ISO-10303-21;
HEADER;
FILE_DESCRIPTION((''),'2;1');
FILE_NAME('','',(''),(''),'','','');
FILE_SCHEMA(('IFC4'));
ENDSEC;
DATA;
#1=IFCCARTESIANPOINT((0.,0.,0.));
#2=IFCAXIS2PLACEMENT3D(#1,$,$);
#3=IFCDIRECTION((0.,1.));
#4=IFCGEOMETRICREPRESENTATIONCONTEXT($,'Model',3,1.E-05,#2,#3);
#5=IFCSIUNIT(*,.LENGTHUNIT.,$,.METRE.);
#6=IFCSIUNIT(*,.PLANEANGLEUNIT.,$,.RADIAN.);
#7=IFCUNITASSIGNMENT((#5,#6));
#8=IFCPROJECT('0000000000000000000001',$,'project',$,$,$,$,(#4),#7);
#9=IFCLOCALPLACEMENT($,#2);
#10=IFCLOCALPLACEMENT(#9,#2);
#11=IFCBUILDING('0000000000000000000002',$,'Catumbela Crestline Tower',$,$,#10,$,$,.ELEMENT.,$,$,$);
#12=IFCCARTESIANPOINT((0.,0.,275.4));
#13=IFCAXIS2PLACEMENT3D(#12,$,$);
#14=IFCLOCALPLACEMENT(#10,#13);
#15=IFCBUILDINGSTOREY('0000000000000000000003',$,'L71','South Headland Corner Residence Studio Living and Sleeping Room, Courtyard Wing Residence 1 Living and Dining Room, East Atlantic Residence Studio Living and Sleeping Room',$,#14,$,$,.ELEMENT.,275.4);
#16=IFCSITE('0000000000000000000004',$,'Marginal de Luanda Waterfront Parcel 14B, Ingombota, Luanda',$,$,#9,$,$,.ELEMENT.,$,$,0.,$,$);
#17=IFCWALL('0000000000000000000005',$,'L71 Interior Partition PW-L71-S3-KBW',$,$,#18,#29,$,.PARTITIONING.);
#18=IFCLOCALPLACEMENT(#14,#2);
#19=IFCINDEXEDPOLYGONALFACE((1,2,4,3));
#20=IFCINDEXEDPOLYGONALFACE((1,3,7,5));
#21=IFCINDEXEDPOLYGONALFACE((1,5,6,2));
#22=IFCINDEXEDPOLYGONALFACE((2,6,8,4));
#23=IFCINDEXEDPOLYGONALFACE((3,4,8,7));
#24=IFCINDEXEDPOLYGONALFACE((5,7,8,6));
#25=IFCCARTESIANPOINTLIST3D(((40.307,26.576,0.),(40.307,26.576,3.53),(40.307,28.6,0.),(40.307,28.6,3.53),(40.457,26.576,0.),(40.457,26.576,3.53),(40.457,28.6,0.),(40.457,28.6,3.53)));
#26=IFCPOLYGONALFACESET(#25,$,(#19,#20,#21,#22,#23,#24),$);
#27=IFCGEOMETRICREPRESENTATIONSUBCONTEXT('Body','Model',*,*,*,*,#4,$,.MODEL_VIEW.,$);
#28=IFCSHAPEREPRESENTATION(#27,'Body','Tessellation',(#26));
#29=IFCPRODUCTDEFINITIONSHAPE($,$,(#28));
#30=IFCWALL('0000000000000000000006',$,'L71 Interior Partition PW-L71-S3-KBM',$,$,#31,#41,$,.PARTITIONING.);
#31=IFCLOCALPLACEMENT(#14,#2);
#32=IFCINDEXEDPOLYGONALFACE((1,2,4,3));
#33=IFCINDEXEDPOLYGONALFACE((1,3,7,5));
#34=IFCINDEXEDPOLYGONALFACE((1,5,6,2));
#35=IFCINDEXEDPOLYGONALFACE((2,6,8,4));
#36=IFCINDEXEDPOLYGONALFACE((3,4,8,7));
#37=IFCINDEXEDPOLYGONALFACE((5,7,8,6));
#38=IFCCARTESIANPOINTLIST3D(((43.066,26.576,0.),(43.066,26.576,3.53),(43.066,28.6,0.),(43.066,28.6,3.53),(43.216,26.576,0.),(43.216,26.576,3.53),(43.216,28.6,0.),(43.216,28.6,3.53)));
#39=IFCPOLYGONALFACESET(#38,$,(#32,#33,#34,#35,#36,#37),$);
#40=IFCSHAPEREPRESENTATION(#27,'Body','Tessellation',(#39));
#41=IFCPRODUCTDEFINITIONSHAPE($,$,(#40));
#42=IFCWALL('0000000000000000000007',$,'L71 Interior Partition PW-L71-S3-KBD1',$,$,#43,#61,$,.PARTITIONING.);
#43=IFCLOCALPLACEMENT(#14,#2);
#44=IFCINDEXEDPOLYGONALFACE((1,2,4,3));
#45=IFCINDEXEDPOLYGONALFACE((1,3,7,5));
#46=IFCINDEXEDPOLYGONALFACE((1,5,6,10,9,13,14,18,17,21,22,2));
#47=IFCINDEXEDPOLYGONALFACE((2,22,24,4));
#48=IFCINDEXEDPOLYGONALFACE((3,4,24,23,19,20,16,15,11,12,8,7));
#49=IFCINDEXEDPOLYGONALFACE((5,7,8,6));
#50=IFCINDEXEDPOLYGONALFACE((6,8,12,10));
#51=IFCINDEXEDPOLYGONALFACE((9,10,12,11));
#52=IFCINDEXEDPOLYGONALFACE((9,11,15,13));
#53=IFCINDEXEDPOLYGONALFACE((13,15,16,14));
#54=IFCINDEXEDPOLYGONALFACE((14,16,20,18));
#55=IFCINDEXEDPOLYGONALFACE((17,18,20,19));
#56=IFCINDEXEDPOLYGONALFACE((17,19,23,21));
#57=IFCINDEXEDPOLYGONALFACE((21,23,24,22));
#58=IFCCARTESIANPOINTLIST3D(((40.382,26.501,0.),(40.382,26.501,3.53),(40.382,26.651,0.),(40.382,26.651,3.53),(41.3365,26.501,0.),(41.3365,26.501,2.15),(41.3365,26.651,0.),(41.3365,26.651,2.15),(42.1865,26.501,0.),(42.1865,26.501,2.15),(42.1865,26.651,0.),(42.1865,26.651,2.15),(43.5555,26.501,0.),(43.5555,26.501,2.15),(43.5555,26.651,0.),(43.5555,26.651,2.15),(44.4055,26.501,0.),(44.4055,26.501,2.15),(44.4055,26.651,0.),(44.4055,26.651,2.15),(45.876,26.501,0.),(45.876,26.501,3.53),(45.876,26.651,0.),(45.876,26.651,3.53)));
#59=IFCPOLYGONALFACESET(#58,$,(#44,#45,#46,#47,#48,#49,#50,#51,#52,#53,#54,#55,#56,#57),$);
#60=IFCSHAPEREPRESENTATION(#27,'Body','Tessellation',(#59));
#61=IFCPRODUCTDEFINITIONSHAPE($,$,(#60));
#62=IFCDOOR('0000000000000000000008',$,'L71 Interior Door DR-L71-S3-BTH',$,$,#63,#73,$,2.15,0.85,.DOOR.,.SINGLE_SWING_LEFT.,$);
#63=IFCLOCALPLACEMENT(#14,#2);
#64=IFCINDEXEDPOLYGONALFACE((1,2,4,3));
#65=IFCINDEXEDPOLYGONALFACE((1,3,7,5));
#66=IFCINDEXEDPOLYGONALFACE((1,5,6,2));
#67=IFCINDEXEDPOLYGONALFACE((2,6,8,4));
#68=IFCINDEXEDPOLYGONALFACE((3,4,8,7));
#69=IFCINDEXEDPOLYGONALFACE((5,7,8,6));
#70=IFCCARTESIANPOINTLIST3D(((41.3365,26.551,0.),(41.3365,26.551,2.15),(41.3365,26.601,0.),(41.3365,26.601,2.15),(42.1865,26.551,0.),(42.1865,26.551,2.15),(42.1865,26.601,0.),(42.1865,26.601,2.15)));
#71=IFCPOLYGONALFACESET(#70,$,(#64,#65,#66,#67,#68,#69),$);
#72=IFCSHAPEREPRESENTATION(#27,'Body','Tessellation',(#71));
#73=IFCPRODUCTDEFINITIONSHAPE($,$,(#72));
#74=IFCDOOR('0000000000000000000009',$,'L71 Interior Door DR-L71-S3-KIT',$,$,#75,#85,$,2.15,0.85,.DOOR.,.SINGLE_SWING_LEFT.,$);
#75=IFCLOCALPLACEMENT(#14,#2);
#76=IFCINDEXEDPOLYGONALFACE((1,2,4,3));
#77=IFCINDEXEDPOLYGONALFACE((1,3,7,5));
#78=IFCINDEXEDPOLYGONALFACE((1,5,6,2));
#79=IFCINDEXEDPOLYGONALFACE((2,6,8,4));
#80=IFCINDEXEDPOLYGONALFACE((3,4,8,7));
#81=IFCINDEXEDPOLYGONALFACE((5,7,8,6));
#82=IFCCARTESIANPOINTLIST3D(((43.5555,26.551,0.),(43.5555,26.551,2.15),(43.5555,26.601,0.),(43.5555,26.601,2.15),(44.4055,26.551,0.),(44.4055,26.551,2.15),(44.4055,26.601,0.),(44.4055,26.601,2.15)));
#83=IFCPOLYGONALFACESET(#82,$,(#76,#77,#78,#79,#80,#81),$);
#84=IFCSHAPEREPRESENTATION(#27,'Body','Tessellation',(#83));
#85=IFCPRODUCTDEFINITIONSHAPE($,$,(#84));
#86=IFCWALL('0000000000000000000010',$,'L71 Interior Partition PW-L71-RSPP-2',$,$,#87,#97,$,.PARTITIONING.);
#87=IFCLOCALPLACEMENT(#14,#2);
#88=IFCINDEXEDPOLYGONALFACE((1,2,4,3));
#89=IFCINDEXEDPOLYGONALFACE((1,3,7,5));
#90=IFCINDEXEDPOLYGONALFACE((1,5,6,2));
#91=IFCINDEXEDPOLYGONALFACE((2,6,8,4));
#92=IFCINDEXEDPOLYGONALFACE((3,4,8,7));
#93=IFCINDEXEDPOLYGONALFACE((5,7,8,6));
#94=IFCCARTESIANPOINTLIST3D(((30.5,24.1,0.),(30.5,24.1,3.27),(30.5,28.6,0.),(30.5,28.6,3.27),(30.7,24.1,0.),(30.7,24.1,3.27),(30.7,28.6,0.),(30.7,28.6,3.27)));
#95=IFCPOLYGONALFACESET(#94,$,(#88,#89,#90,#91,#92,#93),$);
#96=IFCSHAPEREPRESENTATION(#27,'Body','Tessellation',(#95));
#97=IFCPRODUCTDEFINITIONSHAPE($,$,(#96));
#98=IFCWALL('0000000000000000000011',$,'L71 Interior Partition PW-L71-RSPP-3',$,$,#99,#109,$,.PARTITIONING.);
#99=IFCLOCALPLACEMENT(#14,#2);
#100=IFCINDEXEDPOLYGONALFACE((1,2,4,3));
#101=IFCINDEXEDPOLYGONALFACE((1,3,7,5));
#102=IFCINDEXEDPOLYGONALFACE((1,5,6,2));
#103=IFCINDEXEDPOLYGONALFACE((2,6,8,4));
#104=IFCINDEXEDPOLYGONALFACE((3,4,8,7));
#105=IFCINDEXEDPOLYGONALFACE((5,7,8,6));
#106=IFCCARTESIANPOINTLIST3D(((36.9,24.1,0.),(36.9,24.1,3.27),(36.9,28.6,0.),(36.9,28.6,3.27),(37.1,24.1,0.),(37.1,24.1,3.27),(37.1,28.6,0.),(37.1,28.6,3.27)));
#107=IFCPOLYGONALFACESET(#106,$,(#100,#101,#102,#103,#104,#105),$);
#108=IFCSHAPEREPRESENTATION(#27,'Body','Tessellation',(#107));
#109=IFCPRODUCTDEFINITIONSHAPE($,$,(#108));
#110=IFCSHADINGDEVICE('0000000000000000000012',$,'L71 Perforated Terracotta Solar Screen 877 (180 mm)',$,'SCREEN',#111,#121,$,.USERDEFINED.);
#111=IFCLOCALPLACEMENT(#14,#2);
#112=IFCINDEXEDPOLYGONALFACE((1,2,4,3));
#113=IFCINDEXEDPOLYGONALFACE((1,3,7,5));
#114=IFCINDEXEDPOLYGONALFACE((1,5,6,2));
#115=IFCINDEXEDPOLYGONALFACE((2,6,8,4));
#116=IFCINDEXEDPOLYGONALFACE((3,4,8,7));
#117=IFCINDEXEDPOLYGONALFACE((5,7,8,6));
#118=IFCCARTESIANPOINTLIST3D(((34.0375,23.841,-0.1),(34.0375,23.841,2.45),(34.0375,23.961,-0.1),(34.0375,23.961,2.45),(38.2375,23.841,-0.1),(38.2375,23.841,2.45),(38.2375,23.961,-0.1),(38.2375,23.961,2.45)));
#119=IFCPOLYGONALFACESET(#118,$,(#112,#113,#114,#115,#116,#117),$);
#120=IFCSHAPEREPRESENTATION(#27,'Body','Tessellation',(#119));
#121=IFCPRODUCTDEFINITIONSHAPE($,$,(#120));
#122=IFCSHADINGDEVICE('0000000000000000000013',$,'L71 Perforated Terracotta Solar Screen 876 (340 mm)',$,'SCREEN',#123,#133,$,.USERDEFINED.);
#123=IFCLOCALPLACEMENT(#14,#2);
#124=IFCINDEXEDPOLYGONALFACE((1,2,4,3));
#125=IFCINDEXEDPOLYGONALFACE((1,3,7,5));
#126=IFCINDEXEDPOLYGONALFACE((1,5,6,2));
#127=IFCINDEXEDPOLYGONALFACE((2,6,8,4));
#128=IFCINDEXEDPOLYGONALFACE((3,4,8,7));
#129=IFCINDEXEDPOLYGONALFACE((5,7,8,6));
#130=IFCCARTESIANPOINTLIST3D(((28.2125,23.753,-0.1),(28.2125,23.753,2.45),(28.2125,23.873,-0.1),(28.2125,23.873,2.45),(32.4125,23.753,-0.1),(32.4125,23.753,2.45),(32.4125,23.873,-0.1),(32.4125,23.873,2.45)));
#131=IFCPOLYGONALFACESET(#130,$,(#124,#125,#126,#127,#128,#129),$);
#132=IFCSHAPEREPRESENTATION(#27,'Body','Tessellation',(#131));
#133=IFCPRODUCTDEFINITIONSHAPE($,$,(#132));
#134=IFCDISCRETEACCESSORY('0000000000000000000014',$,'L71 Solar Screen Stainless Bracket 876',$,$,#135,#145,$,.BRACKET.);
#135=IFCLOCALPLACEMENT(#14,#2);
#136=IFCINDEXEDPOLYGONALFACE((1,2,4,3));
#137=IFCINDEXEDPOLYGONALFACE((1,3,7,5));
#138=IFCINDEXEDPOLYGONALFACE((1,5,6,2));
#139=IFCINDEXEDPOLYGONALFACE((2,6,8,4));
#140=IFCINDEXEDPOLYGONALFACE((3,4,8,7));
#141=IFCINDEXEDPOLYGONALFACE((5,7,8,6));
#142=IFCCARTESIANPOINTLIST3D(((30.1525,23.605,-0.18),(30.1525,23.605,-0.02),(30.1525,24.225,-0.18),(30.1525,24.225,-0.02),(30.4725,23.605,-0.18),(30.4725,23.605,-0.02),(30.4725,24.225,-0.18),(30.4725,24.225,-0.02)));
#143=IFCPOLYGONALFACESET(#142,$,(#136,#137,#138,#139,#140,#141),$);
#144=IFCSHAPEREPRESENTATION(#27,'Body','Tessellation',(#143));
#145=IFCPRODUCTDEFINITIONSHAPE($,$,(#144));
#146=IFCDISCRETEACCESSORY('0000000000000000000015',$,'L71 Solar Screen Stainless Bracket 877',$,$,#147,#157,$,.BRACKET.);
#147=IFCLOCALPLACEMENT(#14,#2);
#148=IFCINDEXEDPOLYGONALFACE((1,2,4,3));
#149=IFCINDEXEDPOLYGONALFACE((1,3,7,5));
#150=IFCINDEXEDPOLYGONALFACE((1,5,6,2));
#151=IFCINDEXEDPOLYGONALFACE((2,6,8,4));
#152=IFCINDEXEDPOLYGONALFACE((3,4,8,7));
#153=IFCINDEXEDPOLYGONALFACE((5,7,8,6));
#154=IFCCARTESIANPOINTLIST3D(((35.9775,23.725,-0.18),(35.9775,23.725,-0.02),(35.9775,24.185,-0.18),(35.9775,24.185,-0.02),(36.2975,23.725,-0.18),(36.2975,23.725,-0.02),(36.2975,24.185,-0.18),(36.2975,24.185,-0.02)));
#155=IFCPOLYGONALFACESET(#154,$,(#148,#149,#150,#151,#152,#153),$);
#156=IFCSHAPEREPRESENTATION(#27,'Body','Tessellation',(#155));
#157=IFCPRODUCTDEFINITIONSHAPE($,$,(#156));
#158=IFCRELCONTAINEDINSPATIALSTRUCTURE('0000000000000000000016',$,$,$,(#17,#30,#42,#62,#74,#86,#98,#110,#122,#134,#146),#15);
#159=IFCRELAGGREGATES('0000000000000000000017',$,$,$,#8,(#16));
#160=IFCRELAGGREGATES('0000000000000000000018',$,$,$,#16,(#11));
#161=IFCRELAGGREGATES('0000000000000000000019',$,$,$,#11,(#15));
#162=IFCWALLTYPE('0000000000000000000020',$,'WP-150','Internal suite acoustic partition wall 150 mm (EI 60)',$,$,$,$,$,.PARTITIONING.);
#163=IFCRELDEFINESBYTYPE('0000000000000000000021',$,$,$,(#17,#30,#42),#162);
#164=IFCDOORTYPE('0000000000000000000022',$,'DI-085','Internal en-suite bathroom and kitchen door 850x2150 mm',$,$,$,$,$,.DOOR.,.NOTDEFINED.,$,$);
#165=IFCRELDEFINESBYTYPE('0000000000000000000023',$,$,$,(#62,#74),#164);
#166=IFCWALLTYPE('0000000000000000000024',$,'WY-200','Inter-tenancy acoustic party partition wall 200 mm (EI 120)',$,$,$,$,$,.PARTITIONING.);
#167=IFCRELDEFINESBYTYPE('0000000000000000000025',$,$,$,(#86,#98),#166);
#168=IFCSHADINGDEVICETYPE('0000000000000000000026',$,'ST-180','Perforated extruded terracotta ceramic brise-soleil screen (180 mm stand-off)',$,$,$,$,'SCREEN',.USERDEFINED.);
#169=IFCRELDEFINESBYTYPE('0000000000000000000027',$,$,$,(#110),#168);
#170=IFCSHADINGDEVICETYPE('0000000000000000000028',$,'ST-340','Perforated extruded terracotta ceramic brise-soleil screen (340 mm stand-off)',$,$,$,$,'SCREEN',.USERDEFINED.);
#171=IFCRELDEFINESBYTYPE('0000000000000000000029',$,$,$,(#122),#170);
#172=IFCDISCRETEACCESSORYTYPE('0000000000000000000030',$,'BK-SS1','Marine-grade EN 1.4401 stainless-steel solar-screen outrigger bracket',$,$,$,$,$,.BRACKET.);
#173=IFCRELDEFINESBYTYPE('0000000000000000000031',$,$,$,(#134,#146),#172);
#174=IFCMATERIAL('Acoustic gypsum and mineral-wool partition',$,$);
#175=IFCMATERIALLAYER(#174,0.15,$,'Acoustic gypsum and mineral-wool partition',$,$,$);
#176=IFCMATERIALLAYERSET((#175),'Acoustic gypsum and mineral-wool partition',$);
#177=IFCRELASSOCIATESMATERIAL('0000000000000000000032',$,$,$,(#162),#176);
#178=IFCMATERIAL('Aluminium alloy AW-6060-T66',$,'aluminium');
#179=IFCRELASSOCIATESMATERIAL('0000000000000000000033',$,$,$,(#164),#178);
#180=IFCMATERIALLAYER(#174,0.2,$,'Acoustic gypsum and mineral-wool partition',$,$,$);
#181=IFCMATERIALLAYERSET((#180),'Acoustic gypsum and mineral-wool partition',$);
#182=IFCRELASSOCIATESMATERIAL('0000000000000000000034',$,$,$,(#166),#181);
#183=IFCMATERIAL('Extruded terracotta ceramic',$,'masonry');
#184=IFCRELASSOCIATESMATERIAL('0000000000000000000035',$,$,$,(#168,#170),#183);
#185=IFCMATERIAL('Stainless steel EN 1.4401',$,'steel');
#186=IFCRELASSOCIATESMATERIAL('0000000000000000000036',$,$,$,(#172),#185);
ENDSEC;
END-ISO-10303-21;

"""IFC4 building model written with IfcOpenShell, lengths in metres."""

from ifc_helpers import new_model, si_unit, direction, frame, frame_2d, origin, origin_2d, place, context, subcontext, project, spatial, rectangle, extrude, material, layer, layer_set, type_object, element, fill, save


model = new_model("IFC4")

# Units and contexts
model_context = context("Model", 3, precision=1e-05, world=origin(), true_north=direction((0.0, 1.0)))
body_context = subcontext(model_context, "Body", "Model", "MODEL_VIEW")
ifc_project = project(units=[si_unit("LENGTHUNIT", "METRE"), si_unit("PLANEANGLEUNIT", "RADIAN")], contexts=[model_context])

# Site, building, storey
site_placement = place(None, origin())
site = spatial("IfcSite", under=ifc_project, at=site_placement, Name="Marginal de Luanda Waterfront Parcel 14B, Ingombota, Luanda", CompositionType="ELEMENT", RefElevation=0.0)
building_placement = place(site_placement, origin())
building = spatial("IfcBuilding", under=site, at=building_placement, Name="Catumbela Crestline Tower", CompositionType="ELEMENT")
storey_placement = place(building_placement, frame((0.0, 0.0, 275.4)))
storey = spatial("IfcBuildingStorey", under=building, at=storey_placement, Name="L71", Description="South Headland Corner Residence Studio Living and Sleeping Room, Courtyard Wing Residence 1 Living and Dining Room, East Atlantic Residence Studio Living and Sleeping Room", CompositionType="ELEMENT", Elevation=275.4)

# Shared definitions
ifc_material_1 = material(Name="Aluminium alloy AW-6060-T66", Category="aluminium")

# Walls
ifc_material_2 = material(Name="Acoustic gypsum and mineral-wool partition")
ifc_layer_1 = layer(ifc_material_2, 0.15, Name="Acoustic gypsum and mineral-wool partition")
ifc_layer_set_1 = layer_set([ifc_layer_1], Name="Acoustic gypsum and mineral-wool partition")
wall_type_1 = type_object("IfcWallType", Name="WP-150", Description="Internal suite acoustic partition wall 150 mm (EI 60)", PredefinedType="PARTITIONING", material=ifc_layer_set_1)
for number, where, z_axis, x_axis, name in (
    (1, (40.382, 26.576, 0.0), (0.0, 0.0, 1.0), (0.0, 1.0, 0.0), "L71 Interior Partition PW-L71-S3-KBW"),
    (2, (43.141, 26.576, 0.0), (0.0, 0.0, 1.0), (0.0, 1.0, 0.0), "L71 Interior Partition PW-L71-S3-KBM"),
):
    element("IfcWall", number, at=place(storey_placement, frame(where, z_axis=z_axis, x_axis=x_axis)), inside=storey, type_object=wall_type_1, Name=name, PredefinedType="PARTITIONING", context=body_context, shape_type="SweptSolid", body=[
        extrude(rectangle(XDim=2.024, YDim=0.15, at=frame_2d((1.012, 0.0))), origin(), (0.0, 0.0, 1.0), 3.53),
    ])

# Wall, openings, doors
wall_1_placement = place(storey_placement, frame((40.382, 26.576, 0.0), z_axis=(0.0, 0.0, 1.0), x_axis=(1.0, 0.0, 0.0)))
wall_1 = element("IfcWall", 3, at=wall_1_placement, inside=storey, type_object=wall_type_1, Name="L71 Interior Partition PW-L71-S3-KBD1", PredefinedType="PARTITIONING", context=body_context, shape_type="SweptSolid", body=[
    extrude(rectangle(XDim=5.494, YDim=0.15, at=frame_2d((2.747, 0.0))), origin(), (0.0, 0.0, 1.0), 3.53),
])
opening_1_placement = place(wall_1_placement, frame((0.9545, 0.0, 0.0)))
opening_1 = element("IfcOpeningElement", 4, at=opening_1_placement, cuts=wall_1, PredefinedType="OPENING", context=body_context, shape_type="SweptSolid", body=[
    extrude(rectangle(XDim=0.85, YDim=2.15, at=frame_2d((0.425, 1.075))), frame((0.0, 0.085, 0.0), z_axis=(0.0, -1.0, 0.0), x_axis=(1.0, 0.0, 0.0)), (0.0, 0.0, 1.0), 0.17),
])
opening_2_placement = place(wall_1_placement, frame((3.1735, 0.0, 0.0)))
opening_2 = element("IfcOpeningElement", 5, at=opening_2_placement, cuts=wall_1, PredefinedType="OPENING", context=body_context, shape_type="SweptSolid", body=[
    extrude(rectangle(XDim=0.85, YDim=2.15, at=frame_2d((0.425, 1.075))), frame((0.0, 0.085, 0.0), z_axis=(0.0, -1.0, 0.0), x_axis=(1.0, 0.0, 0.0)), (0.0, 0.0, 1.0), 0.17),
])
door_type = type_object("IfcDoorType", Name="DI-085", Description="Internal en-suite bathroom and kitchen door 850x2150 mm", OperationType="NOTDEFINED", PredefinedType="DOOR", material=ifc_material_1)
door_1_placement = place(opening_1_placement, origin())
door_1 = element("IfcDoor", 6, at=door_1_placement, inside=storey, type_object=door_type, Name="L71 Interior Door DR-L71-S3-BTH", OperationType="SINGLE_SWING_LEFT", OverallHeight=2.15, OverallWidth=0.85, PredefinedType="DOOR", context=body_context, shape_type="SweptSolid", body=[
    extrude(rectangle(XDim=0.85, YDim=2.15, at=frame_2d((0.425, 1.075))), frame((0.0, 0.025, 0.0), z_axis=(0.0, -1.0, 0.0), x_axis=(1.0, 0.0, 0.0)), (0.0, 0.0, 1.0), 0.05),
])
fill(opening_1, door_1)
door_2_placement = place(opening_2_placement, origin())
door_2 = element("IfcDoor", 7, at=door_2_placement, inside=storey, type_object=door_type, Name="L71 Interior Door DR-L71-S3-KIT", OperationType="SINGLE_SWING_LEFT", OverallHeight=2.15, OverallWidth=0.85, PredefinedType="DOOR", context=body_context, shape_type="SweptSolid", body=[
    extrude(rectangle(XDim=0.85, YDim=2.15, at=frame_2d((0.425, 1.075))), frame((0.0, 0.025, 0.0), z_axis=(0.0, -1.0, 0.0), x_axis=(1.0, 0.0, 0.0)), (0.0, 0.0, 1.0), 0.05),
])
fill(opening_2, door_2)

# Walls
ifc_layer_2 = layer(ifc_material_2, 0.2, Name="Acoustic gypsum and mineral-wool partition")
ifc_layer_set_2 = layer_set([ifc_layer_2], Name="Acoustic gypsum and mineral-wool partition")
wall_type_2 = type_object("IfcWallType", Name="WY-200", Description="Inter-tenancy acoustic party partition wall 200 mm (EI 120)", PredefinedType="PARTITIONING", material=ifc_layer_set_2)
for number, where, z_axis, x_axis, name in (
    (8, (30.6, 24.1, 0.0), (0.0, 0.0, 1.0), (0.0, 1.0, 0.0), "L71 Interior Partition PW-L71-RSPP-2"),
    (9, (37.0, 24.1, 0.0), (0.0, 0.0, 1.0), (0.0, 1.0, 0.0), "L71 Interior Partition PW-L71-RSPP-3"),
):
    element("IfcWall", number, at=place(storey_placement, frame(where, z_axis=z_axis, x_axis=x_axis)), inside=storey, type_object=wall_type_2, Name=name, PredefinedType="PARTITIONING", context=body_context, shape_type="SweptSolid", body=[
        extrude(rectangle(XDim=4.5, YDim=0.2, at=frame_2d((2.25, 0.0))), origin(), (0.0, 0.0, 1.0), 3.27),
    ])

# Shared definitions
ifc_material_3 = material(Name="Stainless steel EN 1.4401", Category="steel")

# Shading devices
ifc_material_4 = material(Name="Extruded terracotta ceramic", Category="masonry")
shading_device_type_1 = type_object("IfcShadingDeviceType", Name="ST-180", Description="Perforated extruded terracotta ceramic brise-soleil screen (180 mm stand-off)", ElementType="SCREEN", PredefinedType="USERDEFINED", material=ifc_material_4)
shading_device_1_placement = place(storey_placement, frame((36.1375, 23.901, -0.1), z_axis=(0.0, 0.0, 1.0), x_axis=(1.0, 0.0, 0.0)))
element("IfcShadingDevice", 10, at=shading_device_1_placement, inside=storey, type_object=shading_device_type_1, Name="L71 Perforated Terracotta Solar Screen 877 (180 mm)", ObjectType="SCREEN", PredefinedType="USERDEFINED", context=body_context, shape_type="SweptSolid", body=[
    extrude(rectangle(XDim=4.2, YDim=0.12, at=origin_2d()), origin(), (0.0, 0.0, 1.0), 2.55),
])
shading_device_type_2 = type_object("IfcShadingDeviceType", Name="ST-340", Description="Perforated extruded terracotta ceramic brise-soleil screen (340 mm stand-off)", ElementType="SCREEN", PredefinedType="USERDEFINED", material=ifc_material_4)
shading_device_2_placement = place(storey_placement, frame((30.3125, 23.813, -0.1), z_axis=(0.0, 0.0, 1.0), x_axis=(1.0, 0.0, 0.0)))
element("IfcShadingDevice", 11, at=shading_device_2_placement, inside=storey, type_object=shading_device_type_2, Name="L71 Perforated Terracotta Solar Screen 876 (340 mm)", ObjectType="SCREEN", PredefinedType="USERDEFINED", context=body_context, shape_type="SweptSolid", body=[
    extrude(rectangle(XDim=4.2, YDim=0.12, at=origin_2d()), origin(), (0.0, 0.0, 1.0), 2.55),
])

# Discrete accessories
discrete_accessory_type = type_object("IfcDiscreteAccessoryType", Name="BK-SS1", Description="Marine-grade EN 1.4401 stainless-steel solar-screen outrigger bracket", PredefinedType="BRACKET", material=ifc_material_3)
discrete_accessory_1_placement = place(storey_placement, frame((30.3125, 23.915, -0.18), z_axis=(0.0, 0.0, 1.0), x_axis=(1.0, 0.0, 0.0)))
element("IfcDiscreteAccessory", 12, at=discrete_accessory_1_placement, inside=storey, type_object=discrete_accessory_type, Name="L71 Solar Screen Stainless Bracket 876", PredefinedType="BRACKET", context=body_context, shape_type="SweptSolid", body=[
    extrude(rectangle(XDim=0.32, YDim=0.62, at=origin_2d()), origin(), (0.0, 0.0, 1.0), 0.16),
])
discrete_accessory_2_placement = place(storey_placement, frame((36.1375, 23.955, -0.18), z_axis=(0.0, 0.0, 1.0), x_axis=(1.0, 0.0, 0.0)))
element("IfcDiscreteAccessory", 13, at=discrete_accessory_2_placement, inside=storey, type_object=discrete_accessory_type, Name="L71 Solar Screen Stainless Bracket 877", PredefinedType="BRACKET", context=body_context, shape_type="SweptSolid", body=[
    extrude(rectangle(XDim=0.32, YDim=0.46, at=origin_2d()), origin(), (0.0, 0.0, 1.0), 0.16),
])

save(model, "model.ifc")
